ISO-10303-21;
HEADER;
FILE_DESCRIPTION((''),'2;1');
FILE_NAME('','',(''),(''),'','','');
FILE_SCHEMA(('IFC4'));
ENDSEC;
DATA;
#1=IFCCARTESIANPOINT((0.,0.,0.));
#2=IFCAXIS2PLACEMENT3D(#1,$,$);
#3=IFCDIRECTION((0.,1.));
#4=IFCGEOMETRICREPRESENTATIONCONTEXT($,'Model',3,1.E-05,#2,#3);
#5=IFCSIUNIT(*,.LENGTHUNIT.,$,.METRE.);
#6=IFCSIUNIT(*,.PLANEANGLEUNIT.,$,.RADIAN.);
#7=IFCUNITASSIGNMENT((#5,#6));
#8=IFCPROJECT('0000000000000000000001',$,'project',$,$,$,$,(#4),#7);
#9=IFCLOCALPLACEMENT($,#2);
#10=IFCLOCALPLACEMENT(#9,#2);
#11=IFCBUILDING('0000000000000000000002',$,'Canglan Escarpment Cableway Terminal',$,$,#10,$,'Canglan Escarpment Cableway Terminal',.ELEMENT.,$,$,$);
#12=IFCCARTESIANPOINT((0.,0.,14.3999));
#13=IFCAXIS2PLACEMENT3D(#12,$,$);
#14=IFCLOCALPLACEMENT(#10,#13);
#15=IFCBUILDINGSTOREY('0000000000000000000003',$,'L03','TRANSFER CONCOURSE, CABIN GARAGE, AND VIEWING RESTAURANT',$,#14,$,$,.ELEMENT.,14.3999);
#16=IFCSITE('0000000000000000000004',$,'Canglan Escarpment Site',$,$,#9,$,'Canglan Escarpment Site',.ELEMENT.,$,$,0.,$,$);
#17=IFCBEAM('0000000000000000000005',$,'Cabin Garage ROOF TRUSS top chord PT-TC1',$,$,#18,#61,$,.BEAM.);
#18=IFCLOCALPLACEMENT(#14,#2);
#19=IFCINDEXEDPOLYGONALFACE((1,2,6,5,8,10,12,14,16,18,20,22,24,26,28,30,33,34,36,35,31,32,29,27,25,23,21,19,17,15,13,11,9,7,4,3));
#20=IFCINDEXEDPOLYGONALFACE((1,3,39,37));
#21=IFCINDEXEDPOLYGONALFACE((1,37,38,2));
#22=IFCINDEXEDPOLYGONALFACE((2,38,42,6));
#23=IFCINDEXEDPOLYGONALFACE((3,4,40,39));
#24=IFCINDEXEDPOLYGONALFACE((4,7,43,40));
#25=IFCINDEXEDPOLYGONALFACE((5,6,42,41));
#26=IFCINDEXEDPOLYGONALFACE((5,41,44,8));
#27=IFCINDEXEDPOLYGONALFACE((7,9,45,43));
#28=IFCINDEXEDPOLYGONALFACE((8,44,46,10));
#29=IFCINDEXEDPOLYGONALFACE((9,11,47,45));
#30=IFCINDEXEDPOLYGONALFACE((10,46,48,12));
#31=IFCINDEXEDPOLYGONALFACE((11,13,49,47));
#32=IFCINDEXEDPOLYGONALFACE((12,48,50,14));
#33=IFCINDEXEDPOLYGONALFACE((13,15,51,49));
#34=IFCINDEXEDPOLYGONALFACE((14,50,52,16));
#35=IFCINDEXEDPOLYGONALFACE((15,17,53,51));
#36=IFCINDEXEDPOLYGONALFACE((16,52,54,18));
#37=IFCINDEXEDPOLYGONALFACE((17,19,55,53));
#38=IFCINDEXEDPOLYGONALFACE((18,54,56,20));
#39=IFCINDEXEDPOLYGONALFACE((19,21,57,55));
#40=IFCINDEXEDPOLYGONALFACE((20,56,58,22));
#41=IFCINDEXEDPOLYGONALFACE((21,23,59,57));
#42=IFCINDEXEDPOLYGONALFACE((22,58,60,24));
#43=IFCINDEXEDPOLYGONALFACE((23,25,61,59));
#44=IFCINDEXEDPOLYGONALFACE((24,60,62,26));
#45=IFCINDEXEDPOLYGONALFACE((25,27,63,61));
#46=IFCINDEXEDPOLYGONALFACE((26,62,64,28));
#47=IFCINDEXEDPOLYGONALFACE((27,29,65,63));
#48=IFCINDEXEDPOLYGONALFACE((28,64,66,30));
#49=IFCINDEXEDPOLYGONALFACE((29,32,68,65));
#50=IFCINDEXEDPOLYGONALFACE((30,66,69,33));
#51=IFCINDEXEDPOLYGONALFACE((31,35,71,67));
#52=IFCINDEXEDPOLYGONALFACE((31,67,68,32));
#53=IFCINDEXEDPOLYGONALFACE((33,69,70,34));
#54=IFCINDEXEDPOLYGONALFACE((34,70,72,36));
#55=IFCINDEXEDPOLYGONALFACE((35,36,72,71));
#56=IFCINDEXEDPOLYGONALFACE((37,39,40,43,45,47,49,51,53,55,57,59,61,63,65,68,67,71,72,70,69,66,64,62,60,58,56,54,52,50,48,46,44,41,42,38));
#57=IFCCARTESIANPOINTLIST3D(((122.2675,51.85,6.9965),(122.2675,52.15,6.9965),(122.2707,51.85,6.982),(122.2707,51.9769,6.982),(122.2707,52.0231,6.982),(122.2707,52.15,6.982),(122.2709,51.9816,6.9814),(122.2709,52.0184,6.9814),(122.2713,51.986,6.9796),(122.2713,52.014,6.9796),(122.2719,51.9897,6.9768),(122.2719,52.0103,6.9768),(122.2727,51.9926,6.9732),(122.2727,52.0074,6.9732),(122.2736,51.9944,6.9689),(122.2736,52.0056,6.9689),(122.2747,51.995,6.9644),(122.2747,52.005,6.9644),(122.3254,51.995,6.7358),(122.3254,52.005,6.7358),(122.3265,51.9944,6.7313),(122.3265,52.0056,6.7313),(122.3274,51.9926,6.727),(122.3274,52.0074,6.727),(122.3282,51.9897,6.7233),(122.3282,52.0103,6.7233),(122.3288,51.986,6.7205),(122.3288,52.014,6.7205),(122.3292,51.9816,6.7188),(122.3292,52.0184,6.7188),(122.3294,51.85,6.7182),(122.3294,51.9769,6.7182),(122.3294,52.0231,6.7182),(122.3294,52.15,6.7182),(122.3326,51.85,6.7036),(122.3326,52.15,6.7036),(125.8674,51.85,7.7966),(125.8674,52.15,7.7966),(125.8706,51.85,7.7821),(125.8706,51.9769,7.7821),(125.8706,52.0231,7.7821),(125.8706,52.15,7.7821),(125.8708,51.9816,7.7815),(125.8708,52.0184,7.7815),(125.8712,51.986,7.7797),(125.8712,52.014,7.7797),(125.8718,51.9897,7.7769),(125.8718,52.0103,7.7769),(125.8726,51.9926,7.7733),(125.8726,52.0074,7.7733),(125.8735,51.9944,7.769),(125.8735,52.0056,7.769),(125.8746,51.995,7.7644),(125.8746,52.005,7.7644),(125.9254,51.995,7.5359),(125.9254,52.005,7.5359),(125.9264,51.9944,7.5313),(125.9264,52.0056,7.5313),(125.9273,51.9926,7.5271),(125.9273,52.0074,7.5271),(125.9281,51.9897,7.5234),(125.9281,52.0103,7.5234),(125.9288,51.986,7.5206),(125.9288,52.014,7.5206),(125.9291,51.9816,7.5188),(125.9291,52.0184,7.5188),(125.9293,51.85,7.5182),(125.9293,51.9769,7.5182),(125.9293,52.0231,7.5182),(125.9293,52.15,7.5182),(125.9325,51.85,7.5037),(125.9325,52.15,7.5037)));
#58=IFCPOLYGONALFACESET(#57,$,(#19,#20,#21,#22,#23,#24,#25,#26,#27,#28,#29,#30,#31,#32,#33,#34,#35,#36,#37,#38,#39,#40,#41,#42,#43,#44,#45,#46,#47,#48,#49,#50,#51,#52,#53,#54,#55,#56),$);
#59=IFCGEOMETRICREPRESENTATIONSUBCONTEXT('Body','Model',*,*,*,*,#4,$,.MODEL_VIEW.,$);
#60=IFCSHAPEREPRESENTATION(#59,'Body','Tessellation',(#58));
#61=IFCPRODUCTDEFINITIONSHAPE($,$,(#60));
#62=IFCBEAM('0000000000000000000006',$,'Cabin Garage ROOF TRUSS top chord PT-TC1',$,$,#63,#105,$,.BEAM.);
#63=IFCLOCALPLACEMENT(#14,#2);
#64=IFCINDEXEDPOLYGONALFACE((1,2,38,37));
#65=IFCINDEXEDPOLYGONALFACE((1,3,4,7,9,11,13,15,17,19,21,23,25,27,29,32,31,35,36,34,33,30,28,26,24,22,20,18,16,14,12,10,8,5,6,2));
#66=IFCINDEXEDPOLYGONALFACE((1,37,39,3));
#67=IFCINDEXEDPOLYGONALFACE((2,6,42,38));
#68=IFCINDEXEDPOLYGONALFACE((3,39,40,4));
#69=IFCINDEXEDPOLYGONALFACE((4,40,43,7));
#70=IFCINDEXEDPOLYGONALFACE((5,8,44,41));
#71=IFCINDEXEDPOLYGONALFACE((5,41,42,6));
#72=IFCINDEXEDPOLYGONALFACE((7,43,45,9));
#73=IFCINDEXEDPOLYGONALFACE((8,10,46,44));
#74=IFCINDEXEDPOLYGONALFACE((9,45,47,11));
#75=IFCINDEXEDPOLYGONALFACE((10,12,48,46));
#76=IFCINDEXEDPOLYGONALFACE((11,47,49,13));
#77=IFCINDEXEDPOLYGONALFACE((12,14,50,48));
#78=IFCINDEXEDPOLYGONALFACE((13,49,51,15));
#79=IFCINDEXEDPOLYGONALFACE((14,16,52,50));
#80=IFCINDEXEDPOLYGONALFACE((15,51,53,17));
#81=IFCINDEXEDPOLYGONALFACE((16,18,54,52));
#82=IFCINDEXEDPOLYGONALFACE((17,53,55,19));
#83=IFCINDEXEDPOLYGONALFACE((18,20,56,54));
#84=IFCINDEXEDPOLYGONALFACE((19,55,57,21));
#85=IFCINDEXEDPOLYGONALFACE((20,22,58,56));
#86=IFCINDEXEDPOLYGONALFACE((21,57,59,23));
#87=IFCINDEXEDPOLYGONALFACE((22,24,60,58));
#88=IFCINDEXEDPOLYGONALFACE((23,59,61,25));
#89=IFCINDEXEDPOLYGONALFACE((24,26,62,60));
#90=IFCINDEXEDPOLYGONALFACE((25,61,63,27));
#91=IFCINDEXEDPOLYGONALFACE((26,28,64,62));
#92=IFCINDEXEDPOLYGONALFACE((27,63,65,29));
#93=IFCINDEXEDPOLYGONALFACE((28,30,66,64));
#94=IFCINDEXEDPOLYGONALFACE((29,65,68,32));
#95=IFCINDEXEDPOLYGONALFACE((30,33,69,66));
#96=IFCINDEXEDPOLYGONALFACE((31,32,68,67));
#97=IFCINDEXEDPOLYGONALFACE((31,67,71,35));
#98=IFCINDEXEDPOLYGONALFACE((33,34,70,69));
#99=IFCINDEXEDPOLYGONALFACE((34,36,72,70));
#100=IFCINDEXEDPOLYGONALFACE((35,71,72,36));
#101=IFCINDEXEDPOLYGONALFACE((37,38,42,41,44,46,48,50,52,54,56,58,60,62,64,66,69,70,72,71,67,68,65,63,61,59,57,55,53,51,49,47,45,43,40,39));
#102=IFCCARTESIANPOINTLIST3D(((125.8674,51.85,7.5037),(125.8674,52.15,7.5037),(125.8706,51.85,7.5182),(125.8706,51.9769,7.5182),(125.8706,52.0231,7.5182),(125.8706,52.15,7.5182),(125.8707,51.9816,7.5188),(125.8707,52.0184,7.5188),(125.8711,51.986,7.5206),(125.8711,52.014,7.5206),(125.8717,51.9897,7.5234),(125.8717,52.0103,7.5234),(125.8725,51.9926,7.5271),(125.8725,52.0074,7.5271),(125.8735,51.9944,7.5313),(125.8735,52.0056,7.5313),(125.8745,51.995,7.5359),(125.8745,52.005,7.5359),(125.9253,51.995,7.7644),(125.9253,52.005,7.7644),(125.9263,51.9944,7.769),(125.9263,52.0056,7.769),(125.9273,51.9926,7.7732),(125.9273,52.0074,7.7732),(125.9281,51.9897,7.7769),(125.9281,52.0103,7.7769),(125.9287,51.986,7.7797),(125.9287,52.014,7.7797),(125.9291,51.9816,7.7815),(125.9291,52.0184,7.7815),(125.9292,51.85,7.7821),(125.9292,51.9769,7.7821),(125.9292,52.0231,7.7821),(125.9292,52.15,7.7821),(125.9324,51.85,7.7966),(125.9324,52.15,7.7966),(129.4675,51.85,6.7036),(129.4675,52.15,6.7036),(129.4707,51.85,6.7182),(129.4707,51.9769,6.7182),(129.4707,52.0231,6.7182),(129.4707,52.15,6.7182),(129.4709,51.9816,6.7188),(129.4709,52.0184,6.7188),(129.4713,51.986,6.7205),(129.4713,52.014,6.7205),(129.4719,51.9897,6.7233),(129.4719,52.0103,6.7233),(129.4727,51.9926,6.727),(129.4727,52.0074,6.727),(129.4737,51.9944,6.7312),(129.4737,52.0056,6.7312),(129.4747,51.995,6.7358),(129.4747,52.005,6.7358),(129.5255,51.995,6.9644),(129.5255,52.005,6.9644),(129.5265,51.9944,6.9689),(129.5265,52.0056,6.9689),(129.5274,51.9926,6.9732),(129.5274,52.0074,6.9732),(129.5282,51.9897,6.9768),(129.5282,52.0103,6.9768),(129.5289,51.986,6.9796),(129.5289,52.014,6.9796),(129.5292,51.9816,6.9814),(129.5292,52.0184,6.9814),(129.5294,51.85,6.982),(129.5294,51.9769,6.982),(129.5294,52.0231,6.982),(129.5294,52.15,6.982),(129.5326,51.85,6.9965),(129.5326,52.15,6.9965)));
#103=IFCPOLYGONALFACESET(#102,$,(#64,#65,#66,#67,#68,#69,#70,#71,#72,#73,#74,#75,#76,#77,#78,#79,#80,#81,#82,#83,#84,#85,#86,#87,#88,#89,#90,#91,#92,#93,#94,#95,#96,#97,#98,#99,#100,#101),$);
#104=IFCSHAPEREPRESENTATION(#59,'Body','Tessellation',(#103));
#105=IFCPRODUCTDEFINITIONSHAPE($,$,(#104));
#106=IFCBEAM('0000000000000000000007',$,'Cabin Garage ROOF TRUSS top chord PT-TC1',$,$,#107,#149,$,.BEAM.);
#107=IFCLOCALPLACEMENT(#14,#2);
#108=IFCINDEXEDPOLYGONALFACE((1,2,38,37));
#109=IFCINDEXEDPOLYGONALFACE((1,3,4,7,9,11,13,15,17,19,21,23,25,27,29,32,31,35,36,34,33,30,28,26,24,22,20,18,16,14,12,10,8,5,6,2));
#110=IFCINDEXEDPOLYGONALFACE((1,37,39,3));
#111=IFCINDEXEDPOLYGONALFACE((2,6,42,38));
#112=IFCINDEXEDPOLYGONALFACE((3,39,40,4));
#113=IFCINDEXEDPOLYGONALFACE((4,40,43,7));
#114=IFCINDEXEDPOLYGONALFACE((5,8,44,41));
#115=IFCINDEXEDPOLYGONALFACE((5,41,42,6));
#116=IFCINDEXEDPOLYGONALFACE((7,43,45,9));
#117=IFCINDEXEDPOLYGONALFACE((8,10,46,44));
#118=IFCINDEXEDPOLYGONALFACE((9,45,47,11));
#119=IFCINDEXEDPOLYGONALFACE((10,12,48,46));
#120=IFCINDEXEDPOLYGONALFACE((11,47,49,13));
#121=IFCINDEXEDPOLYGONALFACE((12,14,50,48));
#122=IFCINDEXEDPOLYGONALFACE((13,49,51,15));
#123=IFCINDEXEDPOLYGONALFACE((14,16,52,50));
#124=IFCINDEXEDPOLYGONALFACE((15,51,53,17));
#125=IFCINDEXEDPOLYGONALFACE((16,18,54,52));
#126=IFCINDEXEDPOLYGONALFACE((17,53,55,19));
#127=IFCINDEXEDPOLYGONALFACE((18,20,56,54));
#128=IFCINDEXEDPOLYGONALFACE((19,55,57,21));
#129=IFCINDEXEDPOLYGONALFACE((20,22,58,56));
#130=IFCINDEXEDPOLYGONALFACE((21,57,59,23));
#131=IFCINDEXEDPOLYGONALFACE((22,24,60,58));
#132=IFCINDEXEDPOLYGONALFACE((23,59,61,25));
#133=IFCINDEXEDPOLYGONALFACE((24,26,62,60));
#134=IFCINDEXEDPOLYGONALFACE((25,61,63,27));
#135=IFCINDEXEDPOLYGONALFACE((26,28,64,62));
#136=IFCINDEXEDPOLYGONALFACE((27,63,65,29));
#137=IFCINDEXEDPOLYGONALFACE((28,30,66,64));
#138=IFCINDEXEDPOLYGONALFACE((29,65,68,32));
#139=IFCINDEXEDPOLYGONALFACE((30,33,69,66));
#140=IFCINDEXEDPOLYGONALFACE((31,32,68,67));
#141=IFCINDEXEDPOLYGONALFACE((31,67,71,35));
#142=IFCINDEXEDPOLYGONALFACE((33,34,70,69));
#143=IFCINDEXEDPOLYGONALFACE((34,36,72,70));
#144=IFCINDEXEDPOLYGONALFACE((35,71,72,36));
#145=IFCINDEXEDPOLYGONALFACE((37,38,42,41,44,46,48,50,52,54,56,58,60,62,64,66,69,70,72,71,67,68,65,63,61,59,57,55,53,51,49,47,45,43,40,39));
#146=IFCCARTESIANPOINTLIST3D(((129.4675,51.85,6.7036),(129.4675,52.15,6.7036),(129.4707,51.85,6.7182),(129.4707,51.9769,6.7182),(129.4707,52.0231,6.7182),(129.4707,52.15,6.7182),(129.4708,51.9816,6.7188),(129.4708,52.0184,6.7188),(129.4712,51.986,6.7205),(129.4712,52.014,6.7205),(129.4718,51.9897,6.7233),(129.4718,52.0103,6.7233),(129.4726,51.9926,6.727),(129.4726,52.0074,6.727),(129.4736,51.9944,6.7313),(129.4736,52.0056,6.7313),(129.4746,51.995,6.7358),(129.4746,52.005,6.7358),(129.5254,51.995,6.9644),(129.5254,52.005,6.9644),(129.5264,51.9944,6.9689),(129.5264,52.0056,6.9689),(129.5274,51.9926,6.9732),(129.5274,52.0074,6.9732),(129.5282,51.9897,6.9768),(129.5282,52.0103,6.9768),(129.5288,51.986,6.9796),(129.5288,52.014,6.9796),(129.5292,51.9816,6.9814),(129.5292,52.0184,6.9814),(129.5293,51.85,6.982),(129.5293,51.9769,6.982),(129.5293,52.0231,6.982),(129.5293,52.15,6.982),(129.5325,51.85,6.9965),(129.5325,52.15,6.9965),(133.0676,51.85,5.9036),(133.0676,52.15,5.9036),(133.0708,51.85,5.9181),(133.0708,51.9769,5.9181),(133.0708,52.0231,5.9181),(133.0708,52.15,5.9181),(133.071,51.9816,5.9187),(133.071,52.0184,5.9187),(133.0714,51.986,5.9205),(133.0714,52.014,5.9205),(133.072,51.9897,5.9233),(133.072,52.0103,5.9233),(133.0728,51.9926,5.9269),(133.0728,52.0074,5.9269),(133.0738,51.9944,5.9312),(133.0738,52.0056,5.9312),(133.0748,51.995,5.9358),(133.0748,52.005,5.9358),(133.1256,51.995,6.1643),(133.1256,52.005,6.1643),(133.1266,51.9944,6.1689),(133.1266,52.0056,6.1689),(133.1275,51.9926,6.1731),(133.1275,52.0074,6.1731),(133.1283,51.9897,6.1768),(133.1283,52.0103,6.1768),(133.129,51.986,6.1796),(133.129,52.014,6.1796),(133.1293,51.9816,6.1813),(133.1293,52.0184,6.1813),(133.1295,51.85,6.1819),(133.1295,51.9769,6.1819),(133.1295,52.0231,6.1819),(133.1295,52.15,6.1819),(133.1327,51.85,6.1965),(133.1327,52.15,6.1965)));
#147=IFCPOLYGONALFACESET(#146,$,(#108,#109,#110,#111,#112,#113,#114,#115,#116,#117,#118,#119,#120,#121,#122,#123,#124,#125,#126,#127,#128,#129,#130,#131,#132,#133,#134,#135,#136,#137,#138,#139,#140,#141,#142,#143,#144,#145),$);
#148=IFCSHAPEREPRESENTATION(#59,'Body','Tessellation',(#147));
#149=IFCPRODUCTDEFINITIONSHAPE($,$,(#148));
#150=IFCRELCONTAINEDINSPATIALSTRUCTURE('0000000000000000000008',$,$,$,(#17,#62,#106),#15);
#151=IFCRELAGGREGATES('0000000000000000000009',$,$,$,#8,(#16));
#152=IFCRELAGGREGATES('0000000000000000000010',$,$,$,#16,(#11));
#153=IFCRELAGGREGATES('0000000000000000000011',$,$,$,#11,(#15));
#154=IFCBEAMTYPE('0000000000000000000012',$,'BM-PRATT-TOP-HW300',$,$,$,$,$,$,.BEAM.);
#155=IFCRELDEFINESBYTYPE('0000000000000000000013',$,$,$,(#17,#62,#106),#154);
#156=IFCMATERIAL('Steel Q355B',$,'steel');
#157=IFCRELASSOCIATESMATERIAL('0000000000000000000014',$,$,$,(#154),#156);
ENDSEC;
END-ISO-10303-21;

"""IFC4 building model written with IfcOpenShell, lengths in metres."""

from ifc_helpers import new_model, si_unit, direction, frame, origin, origin_2d, place, context, subcontext, project, spatial, i_section, extrude, material, material_profile, profile_set, type_object, element, save


model = new_model("IFC4")

# Units and contexts
model_context = context("Model", 3, precision=1e-05, world=origin(), true_north=direction((0.0, 1.0)))
body_context = subcontext(model_context, "Body", "Model", "MODEL_VIEW")
ifc_project = project(units=[si_unit("LENGTHUNIT", "METRE"), si_unit("PLANEANGLEUNIT", "RADIAN")], contexts=[model_context])

# Site, building, storey
site_placement = place(None, origin())
site = spatial("IfcSite", under=ifc_project, at=site_placement, Name="Canglan Escarpment Site", LongName="Canglan Escarpment Site", CompositionType="ELEMENT", RefElevation=0.0)
building_placement = place(site_placement, origin())
building = spatial("IfcBuilding", under=site, at=building_placement, Name="Canglan Escarpment Cableway Terminal", LongName="Canglan Escarpment Cableway Terminal", CompositionType="ELEMENT")
storey_placement = place(building_placement, frame((0.0, 0.0, 14.3999)))
storey = spatial("IfcBuildingStorey", under=building, at=storey_placement, Name="L03", Description="TRANSFER CONCOURSE, CABIN GARAGE, AND VIEWING RESTAURANT", CompositionType="ELEMENT", Elevation=14.3999)

# Beams
ifc_material_1 = material(Name="Steel Q355B", Category="steel")
ifc_material_profile_1 = material_profile(ifc_material_1, i_section(OverallWidth=0.3, OverallDepth=0.3, WebThickness=0.01, FlangeThickness=0.0149, FilletRadius=0.0181, at=origin_2d()), Name="HW 300x300x10x15")
ifc_profile_set_1 = profile_set([ifc_material_profile_1], Name="Steel Q355B")
beam_type = type_object("IfcBeamType", Name="BM-PRATT-TOP-HW300", PredefinedType="BEAM", material=ifc_profile_set_1)
beam_placement = place(storey_placement, frame((122.3, 52.0, 6.8501), z_axis=(0.976182, 0.0, 0.216951), x_axis=(0.0, 1.0, 0.0)))
element("IfcBeam", 1, at=beam_placement, inside=storey, type_object=beam_type, Name="Cabin Garage ROOF TRUSS top chord PT-TC1", PredefinedType="BEAM", context=body_context, shape_type="SweptSolid", body=[
    extrude(i_section(OverallWidth=0.3, OverallDepth=0.3, WebThickness=0.01, FlangeThickness=0.0149, FilletRadius=0.0181, at=origin_2d()), origin(), (0.0, 0.0, 1.0), 3.6877),
])
for number, where, z_axis, x_axis, name in (
    (2, (125.8999, 52.0, 7.6501), (0.976186, 0.0, -0.216937), (0.0, 1.0, 0.0), "Cabin Garage ROOF TRUSS top chord PT-TC1"),
    (3, (129.5, 52.0, 6.8501), (0.976186, 0.0, -0.216937), (0.0, 1.0, 0.0), "Cabin Garage ROOF TRUSS top chord PT-TC1"),
):
    element("IfcBeam", number, at=place(storey_placement, frame(where, z_axis=z_axis, x_axis=x_axis)), inside=storey, type_object=beam_type, Name=name, PredefinedType="BEAM", context=body_context, shape_type="SweptSolid", body=[
        extrude(i_section(OverallWidth=0.3, OverallDepth=0.3, WebThickness=0.01, FlangeThickness=0.0149, FilletRadius=0.0181, at=origin_2d()), origin(), (0.0, 0.0, 1.0), 3.688),
    ])

save(model, "model.ifc")
